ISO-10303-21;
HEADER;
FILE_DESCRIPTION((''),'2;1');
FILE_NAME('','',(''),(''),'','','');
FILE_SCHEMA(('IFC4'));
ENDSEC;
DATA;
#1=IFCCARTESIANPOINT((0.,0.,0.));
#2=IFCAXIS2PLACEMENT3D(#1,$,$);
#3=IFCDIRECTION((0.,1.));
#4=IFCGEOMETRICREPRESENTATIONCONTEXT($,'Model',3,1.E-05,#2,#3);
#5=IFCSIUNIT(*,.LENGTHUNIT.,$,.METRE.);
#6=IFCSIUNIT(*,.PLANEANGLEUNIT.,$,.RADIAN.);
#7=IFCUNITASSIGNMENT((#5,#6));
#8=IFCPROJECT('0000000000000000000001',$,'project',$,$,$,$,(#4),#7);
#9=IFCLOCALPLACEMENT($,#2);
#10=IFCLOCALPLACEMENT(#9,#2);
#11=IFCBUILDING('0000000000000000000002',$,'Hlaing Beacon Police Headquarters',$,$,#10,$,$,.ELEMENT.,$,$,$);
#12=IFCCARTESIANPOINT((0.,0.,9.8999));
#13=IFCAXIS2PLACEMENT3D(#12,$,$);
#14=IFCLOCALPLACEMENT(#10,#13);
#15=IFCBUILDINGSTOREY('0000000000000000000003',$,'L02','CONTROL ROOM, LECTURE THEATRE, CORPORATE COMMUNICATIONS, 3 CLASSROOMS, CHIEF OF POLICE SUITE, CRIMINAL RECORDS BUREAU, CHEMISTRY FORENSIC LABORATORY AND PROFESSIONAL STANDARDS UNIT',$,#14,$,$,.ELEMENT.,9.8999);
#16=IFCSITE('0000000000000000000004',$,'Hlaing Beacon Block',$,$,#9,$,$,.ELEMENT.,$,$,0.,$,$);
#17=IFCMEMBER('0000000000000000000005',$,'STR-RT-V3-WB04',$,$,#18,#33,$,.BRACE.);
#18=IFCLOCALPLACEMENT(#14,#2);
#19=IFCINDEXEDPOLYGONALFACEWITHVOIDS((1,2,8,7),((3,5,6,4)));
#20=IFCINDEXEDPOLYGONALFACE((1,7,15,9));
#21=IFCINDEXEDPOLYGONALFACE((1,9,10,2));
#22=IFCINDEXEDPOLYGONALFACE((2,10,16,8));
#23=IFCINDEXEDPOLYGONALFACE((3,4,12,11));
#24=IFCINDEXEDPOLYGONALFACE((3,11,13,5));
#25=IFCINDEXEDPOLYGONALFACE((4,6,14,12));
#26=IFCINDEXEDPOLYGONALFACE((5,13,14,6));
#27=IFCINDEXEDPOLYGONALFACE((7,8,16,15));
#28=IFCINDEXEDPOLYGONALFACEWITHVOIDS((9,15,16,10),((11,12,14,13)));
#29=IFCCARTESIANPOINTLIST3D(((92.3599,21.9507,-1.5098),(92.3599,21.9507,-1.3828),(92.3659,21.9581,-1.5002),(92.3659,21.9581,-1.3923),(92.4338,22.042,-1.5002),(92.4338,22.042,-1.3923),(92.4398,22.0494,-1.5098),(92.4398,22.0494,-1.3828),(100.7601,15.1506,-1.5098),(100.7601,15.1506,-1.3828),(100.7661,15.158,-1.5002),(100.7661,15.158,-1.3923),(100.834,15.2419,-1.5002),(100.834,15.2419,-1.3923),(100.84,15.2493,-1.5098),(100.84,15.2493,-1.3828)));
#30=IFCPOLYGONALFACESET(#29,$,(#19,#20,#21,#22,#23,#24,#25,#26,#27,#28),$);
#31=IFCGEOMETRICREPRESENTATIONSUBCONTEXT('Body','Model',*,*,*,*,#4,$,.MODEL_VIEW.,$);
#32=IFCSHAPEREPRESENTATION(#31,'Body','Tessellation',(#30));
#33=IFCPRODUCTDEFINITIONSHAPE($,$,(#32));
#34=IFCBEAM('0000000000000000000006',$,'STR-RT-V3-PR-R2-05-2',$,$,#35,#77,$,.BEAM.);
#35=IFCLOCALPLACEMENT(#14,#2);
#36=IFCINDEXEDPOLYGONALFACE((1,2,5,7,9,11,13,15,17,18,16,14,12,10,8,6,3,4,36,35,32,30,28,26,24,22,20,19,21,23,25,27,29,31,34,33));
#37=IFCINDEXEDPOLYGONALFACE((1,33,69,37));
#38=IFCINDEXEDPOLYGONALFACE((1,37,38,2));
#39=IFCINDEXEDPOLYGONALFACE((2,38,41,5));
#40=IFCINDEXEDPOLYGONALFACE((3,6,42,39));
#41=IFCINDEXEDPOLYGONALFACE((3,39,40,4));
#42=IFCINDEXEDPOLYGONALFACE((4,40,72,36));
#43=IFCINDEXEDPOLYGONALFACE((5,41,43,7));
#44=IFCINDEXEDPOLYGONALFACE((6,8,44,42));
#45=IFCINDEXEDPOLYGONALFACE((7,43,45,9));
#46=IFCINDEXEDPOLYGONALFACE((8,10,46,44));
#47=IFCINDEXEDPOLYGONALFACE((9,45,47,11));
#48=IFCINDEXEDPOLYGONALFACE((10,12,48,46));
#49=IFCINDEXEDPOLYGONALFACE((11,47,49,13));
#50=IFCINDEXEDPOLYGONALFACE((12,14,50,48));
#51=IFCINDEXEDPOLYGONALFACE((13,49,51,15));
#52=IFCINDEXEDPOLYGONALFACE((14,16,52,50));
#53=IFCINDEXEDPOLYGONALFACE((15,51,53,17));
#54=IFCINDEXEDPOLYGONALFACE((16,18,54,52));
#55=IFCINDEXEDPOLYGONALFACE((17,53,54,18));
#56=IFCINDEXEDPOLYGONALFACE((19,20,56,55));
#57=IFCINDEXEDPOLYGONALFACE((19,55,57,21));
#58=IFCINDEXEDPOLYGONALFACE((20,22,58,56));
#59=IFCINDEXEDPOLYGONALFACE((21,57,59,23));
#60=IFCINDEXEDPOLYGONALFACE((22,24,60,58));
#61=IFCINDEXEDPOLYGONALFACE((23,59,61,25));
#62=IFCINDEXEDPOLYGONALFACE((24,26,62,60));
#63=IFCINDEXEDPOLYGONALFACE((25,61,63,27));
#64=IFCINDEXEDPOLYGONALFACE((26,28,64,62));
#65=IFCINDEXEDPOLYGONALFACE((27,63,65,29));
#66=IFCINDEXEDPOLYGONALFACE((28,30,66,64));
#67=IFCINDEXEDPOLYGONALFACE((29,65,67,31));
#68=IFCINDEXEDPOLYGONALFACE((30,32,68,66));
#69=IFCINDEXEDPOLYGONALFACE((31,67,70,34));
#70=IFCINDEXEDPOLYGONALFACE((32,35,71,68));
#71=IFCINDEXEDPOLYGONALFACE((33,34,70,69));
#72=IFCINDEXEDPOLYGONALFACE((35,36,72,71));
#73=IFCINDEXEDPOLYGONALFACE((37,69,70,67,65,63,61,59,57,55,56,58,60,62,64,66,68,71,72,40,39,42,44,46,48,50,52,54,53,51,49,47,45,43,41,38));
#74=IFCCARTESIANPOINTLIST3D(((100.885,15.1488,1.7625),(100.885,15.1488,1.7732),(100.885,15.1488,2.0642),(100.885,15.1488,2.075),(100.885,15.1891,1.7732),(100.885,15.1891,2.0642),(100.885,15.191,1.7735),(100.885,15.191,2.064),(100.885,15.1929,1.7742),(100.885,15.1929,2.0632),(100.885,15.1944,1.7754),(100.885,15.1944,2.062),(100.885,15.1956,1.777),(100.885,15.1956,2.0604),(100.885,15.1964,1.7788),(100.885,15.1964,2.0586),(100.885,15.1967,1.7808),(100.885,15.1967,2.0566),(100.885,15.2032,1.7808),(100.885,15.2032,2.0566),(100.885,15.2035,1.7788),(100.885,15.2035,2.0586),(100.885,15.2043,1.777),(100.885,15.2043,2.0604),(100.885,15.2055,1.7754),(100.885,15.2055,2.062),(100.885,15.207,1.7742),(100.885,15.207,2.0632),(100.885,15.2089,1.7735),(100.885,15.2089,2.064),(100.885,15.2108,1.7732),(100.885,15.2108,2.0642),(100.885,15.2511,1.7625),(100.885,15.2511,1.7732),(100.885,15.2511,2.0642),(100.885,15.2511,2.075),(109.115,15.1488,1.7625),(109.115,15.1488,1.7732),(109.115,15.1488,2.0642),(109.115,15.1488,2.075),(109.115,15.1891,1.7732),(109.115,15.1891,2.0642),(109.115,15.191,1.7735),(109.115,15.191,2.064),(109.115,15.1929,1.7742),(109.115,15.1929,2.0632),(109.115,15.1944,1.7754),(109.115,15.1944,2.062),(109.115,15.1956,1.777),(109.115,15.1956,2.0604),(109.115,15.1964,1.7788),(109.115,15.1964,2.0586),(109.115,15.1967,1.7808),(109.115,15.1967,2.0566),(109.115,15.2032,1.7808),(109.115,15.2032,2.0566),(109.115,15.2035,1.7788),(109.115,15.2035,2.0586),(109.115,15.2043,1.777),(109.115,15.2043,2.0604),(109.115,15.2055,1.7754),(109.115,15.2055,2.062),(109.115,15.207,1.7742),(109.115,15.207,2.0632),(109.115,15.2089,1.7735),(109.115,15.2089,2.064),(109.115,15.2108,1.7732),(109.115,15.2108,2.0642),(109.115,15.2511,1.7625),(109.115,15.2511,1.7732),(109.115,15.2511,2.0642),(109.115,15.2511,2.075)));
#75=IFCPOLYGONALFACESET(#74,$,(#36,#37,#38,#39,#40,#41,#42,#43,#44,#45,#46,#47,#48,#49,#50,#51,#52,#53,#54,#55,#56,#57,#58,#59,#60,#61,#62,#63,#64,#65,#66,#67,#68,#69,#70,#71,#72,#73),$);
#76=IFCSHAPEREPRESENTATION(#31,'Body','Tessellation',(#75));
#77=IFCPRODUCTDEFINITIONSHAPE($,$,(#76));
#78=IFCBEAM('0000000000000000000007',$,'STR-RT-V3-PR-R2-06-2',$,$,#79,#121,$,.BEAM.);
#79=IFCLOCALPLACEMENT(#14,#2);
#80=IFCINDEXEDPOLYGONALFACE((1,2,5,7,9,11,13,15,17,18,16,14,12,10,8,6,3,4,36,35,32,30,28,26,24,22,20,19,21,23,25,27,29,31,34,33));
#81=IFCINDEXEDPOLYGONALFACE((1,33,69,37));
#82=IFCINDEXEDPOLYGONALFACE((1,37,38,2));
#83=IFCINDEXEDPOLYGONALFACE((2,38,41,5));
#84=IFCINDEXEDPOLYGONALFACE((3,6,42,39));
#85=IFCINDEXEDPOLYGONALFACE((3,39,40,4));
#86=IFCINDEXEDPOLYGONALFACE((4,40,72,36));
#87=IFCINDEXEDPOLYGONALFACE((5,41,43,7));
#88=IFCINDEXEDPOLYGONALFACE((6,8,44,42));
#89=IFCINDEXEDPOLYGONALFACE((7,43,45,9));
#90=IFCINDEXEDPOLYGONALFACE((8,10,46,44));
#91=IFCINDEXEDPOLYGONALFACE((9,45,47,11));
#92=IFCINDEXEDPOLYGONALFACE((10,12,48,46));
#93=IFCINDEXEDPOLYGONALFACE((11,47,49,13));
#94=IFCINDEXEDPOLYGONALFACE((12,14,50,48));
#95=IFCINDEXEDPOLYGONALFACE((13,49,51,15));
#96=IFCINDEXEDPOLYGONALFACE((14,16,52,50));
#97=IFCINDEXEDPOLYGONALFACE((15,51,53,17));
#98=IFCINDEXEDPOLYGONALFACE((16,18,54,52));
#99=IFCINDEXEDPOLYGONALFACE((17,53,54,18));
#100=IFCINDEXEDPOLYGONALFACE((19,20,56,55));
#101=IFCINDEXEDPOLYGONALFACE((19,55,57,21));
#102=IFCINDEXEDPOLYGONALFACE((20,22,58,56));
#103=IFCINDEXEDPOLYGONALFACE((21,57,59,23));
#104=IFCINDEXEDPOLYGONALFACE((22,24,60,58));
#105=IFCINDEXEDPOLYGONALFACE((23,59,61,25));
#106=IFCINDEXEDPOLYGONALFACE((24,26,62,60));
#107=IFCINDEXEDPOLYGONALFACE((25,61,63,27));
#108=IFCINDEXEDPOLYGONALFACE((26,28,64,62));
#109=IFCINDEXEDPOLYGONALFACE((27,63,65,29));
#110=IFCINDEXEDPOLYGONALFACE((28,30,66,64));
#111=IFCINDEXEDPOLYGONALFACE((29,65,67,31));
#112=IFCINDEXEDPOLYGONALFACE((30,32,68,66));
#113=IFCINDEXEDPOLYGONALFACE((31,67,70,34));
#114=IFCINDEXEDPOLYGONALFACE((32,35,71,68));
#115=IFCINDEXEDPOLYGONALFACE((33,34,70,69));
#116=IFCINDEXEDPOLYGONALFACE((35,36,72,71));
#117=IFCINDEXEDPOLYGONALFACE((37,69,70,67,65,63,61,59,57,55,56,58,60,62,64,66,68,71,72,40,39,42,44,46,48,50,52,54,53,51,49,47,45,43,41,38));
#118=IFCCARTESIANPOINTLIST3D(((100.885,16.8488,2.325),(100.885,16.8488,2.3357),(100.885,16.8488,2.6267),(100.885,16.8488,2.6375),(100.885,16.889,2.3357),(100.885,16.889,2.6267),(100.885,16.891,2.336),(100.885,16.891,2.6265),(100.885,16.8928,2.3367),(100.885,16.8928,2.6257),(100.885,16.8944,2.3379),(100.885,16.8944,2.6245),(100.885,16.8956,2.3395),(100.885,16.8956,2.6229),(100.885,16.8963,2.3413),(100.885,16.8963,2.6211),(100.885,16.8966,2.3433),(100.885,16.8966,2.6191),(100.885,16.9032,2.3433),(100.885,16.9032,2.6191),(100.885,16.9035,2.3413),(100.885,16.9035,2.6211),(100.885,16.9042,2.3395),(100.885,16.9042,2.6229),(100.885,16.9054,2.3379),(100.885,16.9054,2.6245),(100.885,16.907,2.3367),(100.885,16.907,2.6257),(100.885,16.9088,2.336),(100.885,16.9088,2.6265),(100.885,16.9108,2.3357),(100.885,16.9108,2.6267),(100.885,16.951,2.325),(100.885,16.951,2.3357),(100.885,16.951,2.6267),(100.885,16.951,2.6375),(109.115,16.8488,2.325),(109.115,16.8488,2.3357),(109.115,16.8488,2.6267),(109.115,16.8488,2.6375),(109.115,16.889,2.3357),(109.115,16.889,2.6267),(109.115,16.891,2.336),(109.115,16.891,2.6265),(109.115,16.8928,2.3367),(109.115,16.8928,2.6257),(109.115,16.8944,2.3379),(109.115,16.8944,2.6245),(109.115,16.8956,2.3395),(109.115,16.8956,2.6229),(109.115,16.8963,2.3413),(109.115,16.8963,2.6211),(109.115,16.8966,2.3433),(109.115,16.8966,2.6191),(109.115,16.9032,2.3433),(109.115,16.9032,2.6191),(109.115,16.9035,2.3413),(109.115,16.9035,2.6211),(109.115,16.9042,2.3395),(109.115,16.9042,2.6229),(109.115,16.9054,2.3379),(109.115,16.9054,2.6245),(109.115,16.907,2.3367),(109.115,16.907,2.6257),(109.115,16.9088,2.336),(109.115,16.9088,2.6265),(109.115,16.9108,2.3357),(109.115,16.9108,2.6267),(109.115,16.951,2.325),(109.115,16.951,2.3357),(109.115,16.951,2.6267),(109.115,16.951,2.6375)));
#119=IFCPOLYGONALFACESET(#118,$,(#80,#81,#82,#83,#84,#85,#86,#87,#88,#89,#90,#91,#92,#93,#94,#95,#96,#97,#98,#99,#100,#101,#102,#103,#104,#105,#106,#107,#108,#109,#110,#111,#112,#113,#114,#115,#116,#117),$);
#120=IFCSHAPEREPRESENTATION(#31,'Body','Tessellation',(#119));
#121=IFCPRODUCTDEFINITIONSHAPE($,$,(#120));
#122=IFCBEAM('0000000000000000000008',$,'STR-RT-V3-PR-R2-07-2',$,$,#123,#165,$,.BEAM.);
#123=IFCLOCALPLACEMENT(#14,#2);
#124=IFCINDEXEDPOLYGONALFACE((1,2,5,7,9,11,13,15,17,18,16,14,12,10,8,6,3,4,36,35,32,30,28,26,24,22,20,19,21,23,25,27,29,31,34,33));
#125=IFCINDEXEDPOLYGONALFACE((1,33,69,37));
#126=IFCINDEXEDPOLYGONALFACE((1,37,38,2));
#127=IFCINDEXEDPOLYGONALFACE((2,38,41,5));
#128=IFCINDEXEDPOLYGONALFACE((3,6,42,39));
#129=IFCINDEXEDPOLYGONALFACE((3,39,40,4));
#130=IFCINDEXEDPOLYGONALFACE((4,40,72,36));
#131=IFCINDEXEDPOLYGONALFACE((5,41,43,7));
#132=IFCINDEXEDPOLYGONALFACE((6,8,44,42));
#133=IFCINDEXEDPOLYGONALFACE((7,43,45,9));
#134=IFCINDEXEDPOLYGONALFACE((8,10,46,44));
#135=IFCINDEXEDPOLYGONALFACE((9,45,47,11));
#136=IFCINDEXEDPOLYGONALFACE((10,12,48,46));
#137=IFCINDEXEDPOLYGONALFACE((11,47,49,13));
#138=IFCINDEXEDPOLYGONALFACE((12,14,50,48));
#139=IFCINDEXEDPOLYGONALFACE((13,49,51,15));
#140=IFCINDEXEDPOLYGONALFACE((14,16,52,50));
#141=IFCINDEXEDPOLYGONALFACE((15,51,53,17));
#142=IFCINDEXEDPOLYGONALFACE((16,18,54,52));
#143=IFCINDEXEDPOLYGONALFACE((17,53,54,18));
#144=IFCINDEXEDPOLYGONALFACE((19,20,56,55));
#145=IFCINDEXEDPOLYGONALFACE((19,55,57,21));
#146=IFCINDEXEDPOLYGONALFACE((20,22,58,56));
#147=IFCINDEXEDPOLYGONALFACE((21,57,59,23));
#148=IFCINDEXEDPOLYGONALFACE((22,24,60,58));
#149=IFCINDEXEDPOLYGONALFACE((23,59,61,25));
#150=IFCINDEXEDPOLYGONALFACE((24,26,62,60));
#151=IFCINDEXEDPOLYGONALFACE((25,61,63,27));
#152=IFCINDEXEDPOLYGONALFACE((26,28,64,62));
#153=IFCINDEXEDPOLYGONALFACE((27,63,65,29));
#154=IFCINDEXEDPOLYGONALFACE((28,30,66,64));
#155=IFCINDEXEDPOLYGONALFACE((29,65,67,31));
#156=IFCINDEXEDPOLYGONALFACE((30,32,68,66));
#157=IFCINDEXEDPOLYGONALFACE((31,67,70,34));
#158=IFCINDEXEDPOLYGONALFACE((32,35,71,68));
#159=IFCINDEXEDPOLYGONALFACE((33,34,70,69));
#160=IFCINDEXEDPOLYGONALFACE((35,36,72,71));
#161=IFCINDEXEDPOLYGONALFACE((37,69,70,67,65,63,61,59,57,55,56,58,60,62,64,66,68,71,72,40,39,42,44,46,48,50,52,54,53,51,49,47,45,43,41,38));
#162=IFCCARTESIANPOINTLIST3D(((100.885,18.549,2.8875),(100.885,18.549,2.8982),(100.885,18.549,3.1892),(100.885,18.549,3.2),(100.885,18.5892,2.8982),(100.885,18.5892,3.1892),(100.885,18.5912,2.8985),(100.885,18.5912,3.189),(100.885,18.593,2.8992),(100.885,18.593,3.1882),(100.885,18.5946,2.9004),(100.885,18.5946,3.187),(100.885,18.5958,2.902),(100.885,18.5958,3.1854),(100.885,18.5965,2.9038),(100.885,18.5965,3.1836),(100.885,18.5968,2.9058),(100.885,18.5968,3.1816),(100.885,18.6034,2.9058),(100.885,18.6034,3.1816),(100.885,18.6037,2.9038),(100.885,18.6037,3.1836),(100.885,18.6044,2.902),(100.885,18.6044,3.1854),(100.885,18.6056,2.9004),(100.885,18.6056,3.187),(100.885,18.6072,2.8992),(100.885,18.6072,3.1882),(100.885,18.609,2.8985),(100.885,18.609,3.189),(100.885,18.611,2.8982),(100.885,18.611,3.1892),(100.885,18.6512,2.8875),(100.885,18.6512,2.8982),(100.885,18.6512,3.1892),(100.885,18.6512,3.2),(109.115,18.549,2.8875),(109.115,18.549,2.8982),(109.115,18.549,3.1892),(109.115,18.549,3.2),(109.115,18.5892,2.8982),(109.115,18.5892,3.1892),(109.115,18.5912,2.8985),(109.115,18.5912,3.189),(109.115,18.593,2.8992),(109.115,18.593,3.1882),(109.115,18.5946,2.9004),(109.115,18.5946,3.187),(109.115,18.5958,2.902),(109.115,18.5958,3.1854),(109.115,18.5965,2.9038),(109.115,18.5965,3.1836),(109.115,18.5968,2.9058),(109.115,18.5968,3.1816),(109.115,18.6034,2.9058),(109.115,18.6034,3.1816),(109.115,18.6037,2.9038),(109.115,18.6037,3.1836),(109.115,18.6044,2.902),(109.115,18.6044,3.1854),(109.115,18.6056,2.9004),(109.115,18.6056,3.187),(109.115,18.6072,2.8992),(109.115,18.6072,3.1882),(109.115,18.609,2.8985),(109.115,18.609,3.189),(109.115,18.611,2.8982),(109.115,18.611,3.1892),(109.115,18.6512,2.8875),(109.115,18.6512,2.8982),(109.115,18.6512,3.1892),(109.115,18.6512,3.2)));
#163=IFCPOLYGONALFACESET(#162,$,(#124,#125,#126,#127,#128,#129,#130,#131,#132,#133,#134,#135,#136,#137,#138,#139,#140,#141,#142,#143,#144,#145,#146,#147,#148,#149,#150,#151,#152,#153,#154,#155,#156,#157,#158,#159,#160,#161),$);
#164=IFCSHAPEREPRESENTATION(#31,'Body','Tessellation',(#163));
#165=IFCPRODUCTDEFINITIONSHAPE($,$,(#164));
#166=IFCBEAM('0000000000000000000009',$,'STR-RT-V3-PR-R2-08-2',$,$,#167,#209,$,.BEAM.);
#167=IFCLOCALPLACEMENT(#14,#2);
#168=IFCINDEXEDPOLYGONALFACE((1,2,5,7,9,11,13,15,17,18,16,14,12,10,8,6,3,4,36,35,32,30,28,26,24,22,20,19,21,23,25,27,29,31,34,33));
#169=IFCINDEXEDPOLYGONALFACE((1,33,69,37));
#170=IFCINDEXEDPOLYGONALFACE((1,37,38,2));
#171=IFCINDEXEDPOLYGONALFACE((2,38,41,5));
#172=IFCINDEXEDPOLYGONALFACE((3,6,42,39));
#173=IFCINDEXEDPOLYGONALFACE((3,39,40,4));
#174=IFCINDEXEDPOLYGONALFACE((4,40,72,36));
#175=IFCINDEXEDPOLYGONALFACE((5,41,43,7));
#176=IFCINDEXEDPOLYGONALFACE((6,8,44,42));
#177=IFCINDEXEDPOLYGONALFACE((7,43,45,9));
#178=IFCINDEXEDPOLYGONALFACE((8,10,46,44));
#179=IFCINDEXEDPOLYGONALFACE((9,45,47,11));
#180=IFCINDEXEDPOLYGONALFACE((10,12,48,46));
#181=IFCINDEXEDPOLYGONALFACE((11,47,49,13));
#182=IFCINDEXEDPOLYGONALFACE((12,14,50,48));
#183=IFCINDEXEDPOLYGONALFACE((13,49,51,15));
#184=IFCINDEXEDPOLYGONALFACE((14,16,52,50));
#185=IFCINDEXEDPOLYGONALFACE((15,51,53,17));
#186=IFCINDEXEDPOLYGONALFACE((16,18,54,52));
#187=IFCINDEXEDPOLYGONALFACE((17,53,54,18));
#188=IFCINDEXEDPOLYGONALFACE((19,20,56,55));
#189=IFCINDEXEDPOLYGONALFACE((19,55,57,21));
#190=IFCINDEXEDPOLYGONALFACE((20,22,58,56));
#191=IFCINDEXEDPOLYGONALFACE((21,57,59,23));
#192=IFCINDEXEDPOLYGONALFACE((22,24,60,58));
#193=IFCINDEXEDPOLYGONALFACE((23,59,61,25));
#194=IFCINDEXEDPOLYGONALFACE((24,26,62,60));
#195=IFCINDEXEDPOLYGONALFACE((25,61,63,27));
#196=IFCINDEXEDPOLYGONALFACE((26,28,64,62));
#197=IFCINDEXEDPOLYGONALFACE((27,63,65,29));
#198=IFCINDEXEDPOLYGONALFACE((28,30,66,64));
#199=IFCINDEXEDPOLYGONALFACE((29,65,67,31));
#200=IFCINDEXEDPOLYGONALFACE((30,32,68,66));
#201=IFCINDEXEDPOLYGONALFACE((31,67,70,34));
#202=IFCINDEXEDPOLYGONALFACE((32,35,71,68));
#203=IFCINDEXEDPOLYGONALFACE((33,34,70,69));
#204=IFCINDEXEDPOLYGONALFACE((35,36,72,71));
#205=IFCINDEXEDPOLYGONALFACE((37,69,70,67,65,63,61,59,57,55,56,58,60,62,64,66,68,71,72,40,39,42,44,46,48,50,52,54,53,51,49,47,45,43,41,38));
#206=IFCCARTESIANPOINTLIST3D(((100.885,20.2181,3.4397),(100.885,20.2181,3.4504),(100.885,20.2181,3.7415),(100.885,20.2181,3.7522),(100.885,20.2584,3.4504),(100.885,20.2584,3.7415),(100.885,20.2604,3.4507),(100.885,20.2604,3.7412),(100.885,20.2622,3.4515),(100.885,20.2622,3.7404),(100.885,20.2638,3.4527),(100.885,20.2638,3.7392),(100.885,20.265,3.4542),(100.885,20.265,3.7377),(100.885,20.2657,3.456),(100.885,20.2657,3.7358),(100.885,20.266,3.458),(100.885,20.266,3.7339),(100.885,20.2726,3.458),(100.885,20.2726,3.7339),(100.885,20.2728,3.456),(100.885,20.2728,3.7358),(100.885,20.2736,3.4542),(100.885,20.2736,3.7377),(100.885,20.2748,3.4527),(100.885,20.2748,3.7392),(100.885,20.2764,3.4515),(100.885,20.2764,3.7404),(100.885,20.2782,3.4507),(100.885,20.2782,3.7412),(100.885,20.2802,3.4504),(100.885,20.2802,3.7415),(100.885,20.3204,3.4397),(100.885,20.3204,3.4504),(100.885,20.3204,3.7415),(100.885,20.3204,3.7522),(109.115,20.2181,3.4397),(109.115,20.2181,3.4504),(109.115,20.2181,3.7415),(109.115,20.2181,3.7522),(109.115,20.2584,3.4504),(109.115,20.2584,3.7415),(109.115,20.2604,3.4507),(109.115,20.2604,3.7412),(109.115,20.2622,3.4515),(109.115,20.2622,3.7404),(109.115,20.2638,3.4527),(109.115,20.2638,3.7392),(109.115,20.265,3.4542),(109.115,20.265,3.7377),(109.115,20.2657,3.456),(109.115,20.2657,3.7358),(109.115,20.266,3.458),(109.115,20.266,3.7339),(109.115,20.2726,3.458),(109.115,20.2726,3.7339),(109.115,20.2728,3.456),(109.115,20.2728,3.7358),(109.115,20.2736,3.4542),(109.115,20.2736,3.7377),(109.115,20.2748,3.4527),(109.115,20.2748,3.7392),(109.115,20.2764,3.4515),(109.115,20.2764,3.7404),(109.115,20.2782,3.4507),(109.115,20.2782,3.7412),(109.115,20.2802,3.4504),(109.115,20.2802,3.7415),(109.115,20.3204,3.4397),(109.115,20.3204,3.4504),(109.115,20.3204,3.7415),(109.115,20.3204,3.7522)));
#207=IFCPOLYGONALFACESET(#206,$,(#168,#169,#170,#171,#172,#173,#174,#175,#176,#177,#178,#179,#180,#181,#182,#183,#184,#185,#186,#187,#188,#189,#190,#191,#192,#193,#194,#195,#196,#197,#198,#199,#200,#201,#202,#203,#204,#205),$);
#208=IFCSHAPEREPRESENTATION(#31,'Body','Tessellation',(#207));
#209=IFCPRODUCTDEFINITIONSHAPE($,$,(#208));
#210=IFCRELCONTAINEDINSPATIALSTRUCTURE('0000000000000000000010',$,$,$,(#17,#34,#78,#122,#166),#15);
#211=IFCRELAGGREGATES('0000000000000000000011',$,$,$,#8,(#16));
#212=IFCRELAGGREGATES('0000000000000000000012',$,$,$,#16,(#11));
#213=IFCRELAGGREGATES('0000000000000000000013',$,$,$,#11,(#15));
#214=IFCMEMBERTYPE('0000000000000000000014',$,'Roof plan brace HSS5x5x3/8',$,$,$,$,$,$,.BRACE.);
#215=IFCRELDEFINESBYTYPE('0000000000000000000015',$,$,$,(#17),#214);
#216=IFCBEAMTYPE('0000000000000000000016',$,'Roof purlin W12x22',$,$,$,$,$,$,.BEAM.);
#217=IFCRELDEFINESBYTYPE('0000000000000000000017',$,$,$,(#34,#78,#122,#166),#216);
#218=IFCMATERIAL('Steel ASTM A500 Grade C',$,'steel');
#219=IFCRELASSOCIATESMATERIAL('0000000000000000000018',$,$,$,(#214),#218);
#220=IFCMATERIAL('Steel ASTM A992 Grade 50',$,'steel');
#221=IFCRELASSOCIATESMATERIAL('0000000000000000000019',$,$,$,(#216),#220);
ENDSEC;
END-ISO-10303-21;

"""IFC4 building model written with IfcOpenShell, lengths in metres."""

from ifc_helpers import new_model, si_unit, direction, frame, origin, origin_2d, place, context, subcontext, project, spatial, hollow_rectangle, i_section, extrude, material, material_profile, profile_set, type_object, element, save


model = new_model("IFC4")

# Units and contexts
model_context = context("Model", 3, precision=1e-05, world=origin(), true_north=direction((0.0, 1.0)))
body_context = subcontext(model_context, "Body", "Model", "MODEL_VIEW")
ifc_project = project(units=[si_unit("LENGTHUNIT", "METRE"), si_unit("PLANEANGLEUNIT", "RADIAN")], contexts=[model_context])

# Site, building, storey
site_placement = place(None, origin())
site = spatial("IfcSite", under=ifc_project, at=site_placement, Name="Hlaing Beacon Block", CompositionType="ELEMENT", RefElevation=0.0)
building_placement = place(site_placement, origin())
building = spatial("IfcBuilding", under=site, at=building_placement, Name="Hlaing Beacon Police Headquarters", CompositionType="ELEMENT")
storey_placement = place(building_placement, frame((0.0, 0.0, 9.8999)))
storey = spatial("IfcBuildingStorey", under=building, at=storey_placement, Name="L02", Description="CONTROL ROOM, LECTURE THEATRE, CORPORATE COMMUNICATIONS, 3 CLASSROOMS, CHIEF OF POLICE SUITE, CRIMINAL RECORDS BUREAU, CHEMISTRY FORENSIC LABORATORY AND PROFESSIONAL STANDARDS UNIT", CompositionType="ELEMENT", Elevation=9.8999)

# Member
ifc_material_1 = material(Name="Steel ASTM A500 Grade C", Category="steel")
ifc_material_profile_1 = material_profile(ifc_material_1, hollow_rectangle(XDim=0.127, YDim=0.127, WallThickness=0.0095, at=origin_2d()), Name="HSS5x5x3/8")
ifc_profile_set_1 = profile_set([ifc_material_profile_1], Name="Steel ASTM A500 Grade C")
member_type_1 = type_object("IfcMemberType", Name="Roof plan brace HSS5x5x3/8", PredefinedType="BRACE", material=ifc_profile_set_1)
member_1_placement = place(storey_placement, frame((100.8, 15.2, -1.4463), z_axis=(-0.777248, 0.629194, 0.0), x_axis=(-0.629194, -0.777248, 0.0)))
element("IfcMember", 1, at=member_1_placement, inside=storey, type_object=member_type_1, Name="STR-RT-V3-WB04", PredefinedType="BRACE", context=body_context, shape_type="SweptSolid", body=[
    extrude(hollow_rectangle(XDim=0.127, YDim=0.127, WallThickness=0.0095, at=origin_2d()), origin(), (0.0, 0.0, 1.0), 10.8076),
])

# Beams
ifc_material_2 = material(Name="Steel ASTM A992 Grade 50", Category="steel")
ifc_material_profile_2 = material_profile(ifc_material_2, i_section(OverallWidth=0.1023, OverallDepth=0.3125, WebThickness=0.0066, FlangeThickness=0.0107, FilletRadius=0.0076, at=origin_2d()), Name="W12x22")
ifc_profile_set_2 = profile_set([ifc_material_profile_2], Name="Steel ASTM A992 Grade 50")
beam_type_1 = type_object("IfcBeamType", Name="Roof purlin W12x22", PredefinedType="BEAM", material=ifc_profile_set_2)
for number, where, z_axis, x_axis, name in (
    (2, (100.885, 15.2, 1.9187), (1.0, 0.0, 0.0), (0.0, 1.0, 0.0), "STR-RT-V3-PR-R2-05-2"),
    (3, (100.885, 16.8999, 2.4812), (1.0, 0.0, 0.0), (0.0, 1.0, 0.0), "STR-RT-V3-PR-R2-06-2"),
    (4, (100.885, 18.6001, 3.0437), (1.0, 0.0, 0.0), (0.0, 1.0, 0.0), "STR-RT-V3-PR-R2-07-2"),
    (5, (100.885, 20.2693, 3.5959), (1.0, 0.0, 0.0), (0.0, 1.0, 0.0), "STR-RT-V3-PR-R2-08-2"),
):
    element("IfcBeam", number, at=place(storey_placement, frame(where, z_axis=z_axis, x_axis=x_axis)), inside=storey, type_object=beam_type_1, Name=name, PredefinedType="BEAM", context=body_context, shape_type="SweptSolid", body=[
        extrude(i_section(OverallWidth=0.1023, OverallDepth=0.3125, WebThickness=0.0066, FlangeThickness=0.0107, FilletRadius=0.0076, at=origin_2d()), origin(), (0.0, 0.0, 1.0), 8.23),
    ])

save(model, "model.ifc")
